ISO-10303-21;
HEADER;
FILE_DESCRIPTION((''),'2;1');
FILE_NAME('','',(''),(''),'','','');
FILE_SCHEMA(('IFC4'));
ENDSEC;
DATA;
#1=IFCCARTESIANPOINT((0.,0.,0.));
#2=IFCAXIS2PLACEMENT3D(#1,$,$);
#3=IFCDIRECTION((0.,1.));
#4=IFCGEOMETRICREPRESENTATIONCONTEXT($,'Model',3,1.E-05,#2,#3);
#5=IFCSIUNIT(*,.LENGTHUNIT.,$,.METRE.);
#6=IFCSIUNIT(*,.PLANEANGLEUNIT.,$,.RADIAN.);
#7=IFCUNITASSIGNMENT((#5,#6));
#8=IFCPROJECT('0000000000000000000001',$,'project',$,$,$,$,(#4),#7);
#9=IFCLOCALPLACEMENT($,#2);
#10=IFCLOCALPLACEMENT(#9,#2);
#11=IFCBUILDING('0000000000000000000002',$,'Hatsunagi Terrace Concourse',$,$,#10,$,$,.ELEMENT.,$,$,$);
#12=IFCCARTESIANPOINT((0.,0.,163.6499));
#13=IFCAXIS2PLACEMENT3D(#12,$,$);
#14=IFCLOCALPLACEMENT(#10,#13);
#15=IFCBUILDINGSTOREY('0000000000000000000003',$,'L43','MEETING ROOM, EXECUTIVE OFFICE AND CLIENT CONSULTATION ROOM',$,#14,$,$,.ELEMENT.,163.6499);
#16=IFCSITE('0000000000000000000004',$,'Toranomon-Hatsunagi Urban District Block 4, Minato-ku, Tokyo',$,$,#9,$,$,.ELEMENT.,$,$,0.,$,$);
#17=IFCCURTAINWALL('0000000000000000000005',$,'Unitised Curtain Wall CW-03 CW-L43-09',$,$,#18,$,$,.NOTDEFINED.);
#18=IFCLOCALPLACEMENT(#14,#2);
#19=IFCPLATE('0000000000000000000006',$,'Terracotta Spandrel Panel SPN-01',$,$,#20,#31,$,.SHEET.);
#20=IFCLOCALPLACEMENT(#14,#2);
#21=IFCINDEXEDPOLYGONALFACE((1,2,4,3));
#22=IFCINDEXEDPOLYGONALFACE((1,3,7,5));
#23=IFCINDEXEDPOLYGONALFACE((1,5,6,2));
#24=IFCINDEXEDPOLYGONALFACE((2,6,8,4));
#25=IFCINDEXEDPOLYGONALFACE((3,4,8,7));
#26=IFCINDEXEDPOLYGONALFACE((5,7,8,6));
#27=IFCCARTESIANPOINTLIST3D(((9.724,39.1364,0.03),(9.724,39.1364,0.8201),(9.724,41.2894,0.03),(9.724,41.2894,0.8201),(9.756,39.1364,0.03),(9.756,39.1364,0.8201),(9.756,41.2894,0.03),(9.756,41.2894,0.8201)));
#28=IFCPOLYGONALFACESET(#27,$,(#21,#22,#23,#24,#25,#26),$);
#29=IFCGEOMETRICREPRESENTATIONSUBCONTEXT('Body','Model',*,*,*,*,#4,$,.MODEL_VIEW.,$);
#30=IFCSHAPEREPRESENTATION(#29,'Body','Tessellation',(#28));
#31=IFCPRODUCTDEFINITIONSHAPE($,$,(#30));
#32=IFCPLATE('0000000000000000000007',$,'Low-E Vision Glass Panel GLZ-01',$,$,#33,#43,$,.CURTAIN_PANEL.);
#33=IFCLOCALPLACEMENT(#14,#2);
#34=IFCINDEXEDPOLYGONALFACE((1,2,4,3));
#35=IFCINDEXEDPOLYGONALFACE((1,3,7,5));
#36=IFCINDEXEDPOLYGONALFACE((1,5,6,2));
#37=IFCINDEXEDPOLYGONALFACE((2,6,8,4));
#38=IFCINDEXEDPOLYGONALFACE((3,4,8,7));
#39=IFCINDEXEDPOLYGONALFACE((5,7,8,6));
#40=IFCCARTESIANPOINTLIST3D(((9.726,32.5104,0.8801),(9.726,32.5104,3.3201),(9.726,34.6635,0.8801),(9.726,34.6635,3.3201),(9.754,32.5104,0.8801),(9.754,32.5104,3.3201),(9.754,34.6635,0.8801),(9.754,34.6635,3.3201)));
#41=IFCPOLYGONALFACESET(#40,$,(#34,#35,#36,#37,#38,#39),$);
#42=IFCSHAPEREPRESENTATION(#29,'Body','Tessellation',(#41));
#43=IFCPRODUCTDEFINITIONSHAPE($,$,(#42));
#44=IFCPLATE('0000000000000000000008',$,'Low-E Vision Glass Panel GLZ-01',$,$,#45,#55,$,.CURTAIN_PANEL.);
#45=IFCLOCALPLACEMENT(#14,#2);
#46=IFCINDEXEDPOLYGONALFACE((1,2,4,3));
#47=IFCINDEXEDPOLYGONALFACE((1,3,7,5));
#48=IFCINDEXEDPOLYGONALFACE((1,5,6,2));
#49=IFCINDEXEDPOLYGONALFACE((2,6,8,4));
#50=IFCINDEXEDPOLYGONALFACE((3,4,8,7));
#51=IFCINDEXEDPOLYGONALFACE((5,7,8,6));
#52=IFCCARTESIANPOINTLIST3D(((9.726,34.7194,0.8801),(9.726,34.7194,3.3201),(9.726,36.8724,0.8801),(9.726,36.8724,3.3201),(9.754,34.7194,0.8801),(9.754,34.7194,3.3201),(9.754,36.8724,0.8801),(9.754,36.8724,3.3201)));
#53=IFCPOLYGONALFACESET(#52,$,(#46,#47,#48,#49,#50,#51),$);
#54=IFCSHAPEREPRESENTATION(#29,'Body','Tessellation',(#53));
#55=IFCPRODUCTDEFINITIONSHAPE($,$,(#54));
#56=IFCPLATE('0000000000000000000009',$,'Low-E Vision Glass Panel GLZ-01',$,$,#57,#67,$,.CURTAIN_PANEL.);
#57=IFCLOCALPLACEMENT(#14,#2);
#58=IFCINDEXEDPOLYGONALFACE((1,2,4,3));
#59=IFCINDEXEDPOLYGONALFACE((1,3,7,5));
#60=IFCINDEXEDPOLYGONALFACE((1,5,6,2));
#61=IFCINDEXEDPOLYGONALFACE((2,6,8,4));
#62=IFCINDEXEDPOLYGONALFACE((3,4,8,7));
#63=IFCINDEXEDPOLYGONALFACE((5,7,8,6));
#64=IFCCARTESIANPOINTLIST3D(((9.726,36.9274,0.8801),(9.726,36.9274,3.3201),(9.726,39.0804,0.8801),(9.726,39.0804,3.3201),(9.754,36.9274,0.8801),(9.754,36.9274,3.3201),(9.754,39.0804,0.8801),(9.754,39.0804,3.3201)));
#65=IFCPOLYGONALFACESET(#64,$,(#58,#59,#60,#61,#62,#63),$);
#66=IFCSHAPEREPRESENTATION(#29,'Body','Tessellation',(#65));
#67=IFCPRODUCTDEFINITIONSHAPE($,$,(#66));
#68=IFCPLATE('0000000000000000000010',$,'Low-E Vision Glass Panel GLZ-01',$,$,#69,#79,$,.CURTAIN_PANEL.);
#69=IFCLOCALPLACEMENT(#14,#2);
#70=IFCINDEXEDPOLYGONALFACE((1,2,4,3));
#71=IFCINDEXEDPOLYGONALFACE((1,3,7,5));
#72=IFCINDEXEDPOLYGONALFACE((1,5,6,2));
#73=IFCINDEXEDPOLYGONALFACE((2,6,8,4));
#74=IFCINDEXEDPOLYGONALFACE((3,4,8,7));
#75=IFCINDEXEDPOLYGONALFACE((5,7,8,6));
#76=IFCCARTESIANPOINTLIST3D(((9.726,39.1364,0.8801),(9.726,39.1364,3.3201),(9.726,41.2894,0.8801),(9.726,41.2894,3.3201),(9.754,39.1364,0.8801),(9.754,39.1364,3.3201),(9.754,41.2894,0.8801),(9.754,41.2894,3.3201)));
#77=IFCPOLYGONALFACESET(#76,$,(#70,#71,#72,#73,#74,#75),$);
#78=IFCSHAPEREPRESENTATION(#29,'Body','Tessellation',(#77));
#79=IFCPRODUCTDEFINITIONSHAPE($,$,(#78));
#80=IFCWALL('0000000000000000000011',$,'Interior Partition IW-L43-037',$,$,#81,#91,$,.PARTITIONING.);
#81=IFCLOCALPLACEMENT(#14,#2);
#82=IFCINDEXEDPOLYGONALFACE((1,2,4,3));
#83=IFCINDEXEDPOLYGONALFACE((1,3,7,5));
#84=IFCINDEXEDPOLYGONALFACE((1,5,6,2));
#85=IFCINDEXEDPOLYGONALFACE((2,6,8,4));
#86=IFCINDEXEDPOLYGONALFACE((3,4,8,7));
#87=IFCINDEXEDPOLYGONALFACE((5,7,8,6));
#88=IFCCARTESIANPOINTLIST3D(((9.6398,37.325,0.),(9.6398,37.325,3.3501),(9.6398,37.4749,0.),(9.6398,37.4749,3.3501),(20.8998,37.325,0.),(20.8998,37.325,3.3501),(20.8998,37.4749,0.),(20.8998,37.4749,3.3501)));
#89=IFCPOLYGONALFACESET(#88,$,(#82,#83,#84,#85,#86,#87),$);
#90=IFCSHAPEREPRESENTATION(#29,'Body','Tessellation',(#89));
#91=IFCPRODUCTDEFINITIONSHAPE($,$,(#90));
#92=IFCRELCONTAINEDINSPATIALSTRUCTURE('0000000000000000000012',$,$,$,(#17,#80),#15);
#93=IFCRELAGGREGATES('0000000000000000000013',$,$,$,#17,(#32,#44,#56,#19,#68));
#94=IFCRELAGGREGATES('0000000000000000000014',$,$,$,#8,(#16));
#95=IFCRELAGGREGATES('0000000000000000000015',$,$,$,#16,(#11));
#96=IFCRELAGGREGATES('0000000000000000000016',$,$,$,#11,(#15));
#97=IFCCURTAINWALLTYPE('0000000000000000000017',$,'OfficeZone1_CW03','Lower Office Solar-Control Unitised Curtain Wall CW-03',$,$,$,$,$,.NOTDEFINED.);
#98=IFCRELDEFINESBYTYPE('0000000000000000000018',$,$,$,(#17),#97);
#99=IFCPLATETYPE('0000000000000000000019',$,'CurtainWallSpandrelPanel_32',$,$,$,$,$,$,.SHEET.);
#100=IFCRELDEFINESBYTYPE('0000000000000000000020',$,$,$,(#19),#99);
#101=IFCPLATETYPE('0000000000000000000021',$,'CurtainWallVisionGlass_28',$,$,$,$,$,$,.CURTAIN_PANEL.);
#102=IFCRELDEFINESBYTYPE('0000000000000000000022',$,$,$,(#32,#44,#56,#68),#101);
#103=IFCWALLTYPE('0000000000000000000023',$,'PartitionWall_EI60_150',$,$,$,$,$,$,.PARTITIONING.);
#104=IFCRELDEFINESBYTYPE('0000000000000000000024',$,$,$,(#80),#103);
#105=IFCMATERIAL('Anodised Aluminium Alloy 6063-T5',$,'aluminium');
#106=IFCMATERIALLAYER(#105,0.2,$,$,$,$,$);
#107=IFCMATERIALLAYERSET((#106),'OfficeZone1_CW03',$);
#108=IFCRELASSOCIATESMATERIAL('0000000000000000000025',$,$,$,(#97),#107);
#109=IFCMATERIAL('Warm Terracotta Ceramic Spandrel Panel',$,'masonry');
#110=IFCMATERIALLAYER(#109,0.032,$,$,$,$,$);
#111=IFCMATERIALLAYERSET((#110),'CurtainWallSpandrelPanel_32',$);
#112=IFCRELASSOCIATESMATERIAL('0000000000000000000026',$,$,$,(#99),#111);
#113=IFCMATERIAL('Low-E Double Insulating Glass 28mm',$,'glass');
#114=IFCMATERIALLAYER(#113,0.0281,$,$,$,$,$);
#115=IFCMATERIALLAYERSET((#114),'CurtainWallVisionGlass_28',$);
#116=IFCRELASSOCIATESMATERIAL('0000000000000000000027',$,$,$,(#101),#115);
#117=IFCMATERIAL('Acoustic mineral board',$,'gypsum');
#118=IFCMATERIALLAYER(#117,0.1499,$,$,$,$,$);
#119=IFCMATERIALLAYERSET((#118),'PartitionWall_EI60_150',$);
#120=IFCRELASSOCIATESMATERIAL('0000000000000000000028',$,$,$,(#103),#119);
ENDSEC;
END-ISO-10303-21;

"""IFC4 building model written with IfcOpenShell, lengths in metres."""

from ifc_helpers import new_model, si_unit, direction, frame, frame_2d, origin, origin_2d, place, context, subcontext, project, spatial, rectangle, extrude, material, layer, layer_set, type_object, element, aggregate, save


model = new_model("IFC4")

# Units and contexts
model_context = context("Model", 3, precision=1e-05, world=origin(), true_north=direction((0.0, 1.0)))
body_context = subcontext(model_context, "Body", "Model", "MODEL_VIEW")
ifc_project = project(units=[si_unit("LENGTHUNIT", "METRE"), si_unit("PLANEANGLEUNIT", "RADIAN")], contexts=[model_context])

# Site, building, storey
site_placement = place(None, origin())
site = spatial("IfcSite", under=ifc_project, at=site_placement, Name="Toranomon-Hatsunagi Urban District Block 4, Minato-ku, Tokyo", CompositionType="ELEMENT", RefElevation=0.0)
building_placement = place(site_placement, origin())
building = spatial("IfcBuilding", under=site, at=building_placement, Name="Hatsunagi Terrace Concourse", CompositionType="ELEMENT")
storey_placement = place(building_placement, frame((0.0, 0.0, 163.6499)))
storey = spatial("IfcBuildingStorey", under=building, at=storey_placement, Name="L43", Description="MEETING ROOM, EXECUTIVE OFFICE AND CLIENT CONSULTATION ROOM", CompositionType="ELEMENT", Elevation=163.6499)

# Curtain wall
ifc_material_1 = material(Name="Anodised Aluminium Alloy 6063-T5", Category="aluminium")
ifc_layer_1 = layer(ifc_material_1, 0.2)
ifc_layer_set_1 = layer_set([ifc_layer_1], Name="OfficeZone1_CW03")
curtain_wall_type = type_object("IfcCurtainWallType", Name="OfficeZone1_CW03", Description="Lower Office Solar-Control Unitised Curtain Wall CW-03", PredefinedType="NOTDEFINED", material=ifc_layer_set_1)
curtain_wall_placement = place(storey_placement, origin())
curtain_wall = element("IfcCurtainWall", 1, at=curtain_wall_placement, inside=storey, type_object=curtain_wall_type, Name="Unitised Curtain Wall CW-03 CW-L43-09", PredefinedType="NOTDEFINED")

# Plates
ifc_material_2 = material(Name="Warm Terracotta Ceramic Spandrel Panel", Category="masonry")
ifc_layer_2 = layer(ifc_material_2, 0.032)
ifc_layer_set_2 = layer_set([ifc_layer_2], Name="CurtainWallSpandrelPanel_32")
plate_type_1 = type_object("IfcPlateType", Name="CurtainWallSpandrelPanel_32", PredefinedType="SHEET", material=ifc_layer_set_2)
plate_1_placement = place(storey_placement, frame((9.74, 40.2129, 0.03), z_axis=(0.0, 0.0, 1.0), x_axis=(0.0, 1.0, 0.0)))
plate_1 = element("IfcPlate", 2, at=plate_1_placement, type_object=plate_type_1, Name="Terracotta Spandrel Panel SPN-01", PredefinedType="SHEET", context=body_context, shape_type="SweptSolid", body=[
    extrude(rectangle(XDim=2.1531, YDim=0.032, at=origin_2d()), origin(), (0.0, 0.0, 1.0), 0.79),
])
ifc_material_3 = material(Name="Low-E Double Insulating Glass 28mm", Category="glass")
ifc_layer_3 = layer(ifc_material_3, 0.0281)
ifc_layer_set_3 = layer_set([ifc_layer_3], Name="CurtainWallVisionGlass_28")
plate_type_2 = type_object("IfcPlateType", Name="CurtainWallVisionGlass_28", PredefinedType="CURTAIN_PANEL", material=ifc_layer_set_3)
plate_2_placement = place(storey_placement, frame((9.74, 33.5869, 0.8801), z_axis=(0.0, 0.0, 1.0), x_axis=(0.0, 1.0, 0.0)))
plate_2 = element("IfcPlate", 3, at=plate_2_placement, type_object=plate_type_2, Name="Low-E Vision Glass Panel GLZ-01", PredefinedType="CURTAIN_PANEL", context=body_context, shape_type="SweptSolid", body=[
    extrude(rectangle(XDim=2.1531, YDim=0.0281, at=origin_2d()), origin(), (0.0, 0.0, 1.0), 2.4399),
])
plate_3_placement = place(storey_placement, frame((9.74, 35.7959, 0.8801), z_axis=(0.0, 0.0, 1.0), x_axis=(0.0, 1.0, 0.0)))
plate_3 = element("IfcPlate", 4, at=plate_3_placement, type_object=plate_type_2, Name="Low-E Vision Glass Panel GLZ-01", PredefinedType="CURTAIN_PANEL", context=body_context, shape_type="SweptSolid", body=[
    extrude(rectangle(XDim=2.1531, YDim=0.0281, at=origin_2d()), origin(), (0.0, 0.0, 1.0), 2.4399),
])
plate_4_placement = place(storey_placement, frame((9.74, 38.0039, 0.8801), z_axis=(0.0, 0.0, 1.0), x_axis=(0.0, 1.0, 0.0)))
plate_4 = element("IfcPlate", 5, at=plate_4_placement, type_object=plate_type_2, Name="Low-E Vision Glass Panel GLZ-01", PredefinedType="CURTAIN_PANEL", context=body_context, shape_type="SweptSolid", body=[
    extrude(rectangle(XDim=2.1531, YDim=0.0281, at=origin_2d()), origin(), (0.0, 0.0, 1.0), 2.4399),
])
plate_5_placement = place(storey_placement, frame((9.74, 40.2129, 0.8801), z_axis=(0.0, 0.0, 1.0), x_axis=(0.0, 1.0, 0.0)))
plate_5 = element("IfcPlate", 6, at=plate_5_placement, type_object=plate_type_2, Name="Low-E Vision Glass Panel GLZ-01", PredefinedType="CURTAIN_PANEL", context=body_context, shape_type="SweptSolid", body=[
    extrude(rectangle(XDim=2.1531, YDim=0.0281, at=origin_2d()), origin(), (0.0, 0.0, 1.0), 2.4399),
])
aggregate(curtain_wall, [plate_2, plate_3, plate_4, plate_1, plate_5])

# Wall
ifc_material_4 = material(Name="Acoustic mineral board", Category="gypsum")
ifc_layer_4 = layer(ifc_material_4, 0.1499)
ifc_layer_set_4 = layer_set([ifc_layer_4], Name="PartitionWall_EI60_150")
wall_type = type_object("IfcWallType", Name="PartitionWall_EI60_150", PredefinedType="PARTITIONING", material=ifc_layer_set_4)
wall_placement = place(storey_placement, frame((9.6399, 37.3999, 0.0), z_axis=(0.0, 0.0, 1.0), x_axis=(1.0, 0.0, 0.0)))
element("IfcWall", 7, at=wall_placement, inside=storey, type_object=wall_type, Name="Interior Partition IW-L43-037", PredefinedType="PARTITIONING", context=body_context, shape_type="SweptSolid", body=[
    extrude(rectangle(XDim=11.26, YDim=0.1499, at=frame_2d((5.6299, 0.0))), origin(), (0.0, 0.0, 1.0), 3.3501),
])

save(model, "model.ifc")
